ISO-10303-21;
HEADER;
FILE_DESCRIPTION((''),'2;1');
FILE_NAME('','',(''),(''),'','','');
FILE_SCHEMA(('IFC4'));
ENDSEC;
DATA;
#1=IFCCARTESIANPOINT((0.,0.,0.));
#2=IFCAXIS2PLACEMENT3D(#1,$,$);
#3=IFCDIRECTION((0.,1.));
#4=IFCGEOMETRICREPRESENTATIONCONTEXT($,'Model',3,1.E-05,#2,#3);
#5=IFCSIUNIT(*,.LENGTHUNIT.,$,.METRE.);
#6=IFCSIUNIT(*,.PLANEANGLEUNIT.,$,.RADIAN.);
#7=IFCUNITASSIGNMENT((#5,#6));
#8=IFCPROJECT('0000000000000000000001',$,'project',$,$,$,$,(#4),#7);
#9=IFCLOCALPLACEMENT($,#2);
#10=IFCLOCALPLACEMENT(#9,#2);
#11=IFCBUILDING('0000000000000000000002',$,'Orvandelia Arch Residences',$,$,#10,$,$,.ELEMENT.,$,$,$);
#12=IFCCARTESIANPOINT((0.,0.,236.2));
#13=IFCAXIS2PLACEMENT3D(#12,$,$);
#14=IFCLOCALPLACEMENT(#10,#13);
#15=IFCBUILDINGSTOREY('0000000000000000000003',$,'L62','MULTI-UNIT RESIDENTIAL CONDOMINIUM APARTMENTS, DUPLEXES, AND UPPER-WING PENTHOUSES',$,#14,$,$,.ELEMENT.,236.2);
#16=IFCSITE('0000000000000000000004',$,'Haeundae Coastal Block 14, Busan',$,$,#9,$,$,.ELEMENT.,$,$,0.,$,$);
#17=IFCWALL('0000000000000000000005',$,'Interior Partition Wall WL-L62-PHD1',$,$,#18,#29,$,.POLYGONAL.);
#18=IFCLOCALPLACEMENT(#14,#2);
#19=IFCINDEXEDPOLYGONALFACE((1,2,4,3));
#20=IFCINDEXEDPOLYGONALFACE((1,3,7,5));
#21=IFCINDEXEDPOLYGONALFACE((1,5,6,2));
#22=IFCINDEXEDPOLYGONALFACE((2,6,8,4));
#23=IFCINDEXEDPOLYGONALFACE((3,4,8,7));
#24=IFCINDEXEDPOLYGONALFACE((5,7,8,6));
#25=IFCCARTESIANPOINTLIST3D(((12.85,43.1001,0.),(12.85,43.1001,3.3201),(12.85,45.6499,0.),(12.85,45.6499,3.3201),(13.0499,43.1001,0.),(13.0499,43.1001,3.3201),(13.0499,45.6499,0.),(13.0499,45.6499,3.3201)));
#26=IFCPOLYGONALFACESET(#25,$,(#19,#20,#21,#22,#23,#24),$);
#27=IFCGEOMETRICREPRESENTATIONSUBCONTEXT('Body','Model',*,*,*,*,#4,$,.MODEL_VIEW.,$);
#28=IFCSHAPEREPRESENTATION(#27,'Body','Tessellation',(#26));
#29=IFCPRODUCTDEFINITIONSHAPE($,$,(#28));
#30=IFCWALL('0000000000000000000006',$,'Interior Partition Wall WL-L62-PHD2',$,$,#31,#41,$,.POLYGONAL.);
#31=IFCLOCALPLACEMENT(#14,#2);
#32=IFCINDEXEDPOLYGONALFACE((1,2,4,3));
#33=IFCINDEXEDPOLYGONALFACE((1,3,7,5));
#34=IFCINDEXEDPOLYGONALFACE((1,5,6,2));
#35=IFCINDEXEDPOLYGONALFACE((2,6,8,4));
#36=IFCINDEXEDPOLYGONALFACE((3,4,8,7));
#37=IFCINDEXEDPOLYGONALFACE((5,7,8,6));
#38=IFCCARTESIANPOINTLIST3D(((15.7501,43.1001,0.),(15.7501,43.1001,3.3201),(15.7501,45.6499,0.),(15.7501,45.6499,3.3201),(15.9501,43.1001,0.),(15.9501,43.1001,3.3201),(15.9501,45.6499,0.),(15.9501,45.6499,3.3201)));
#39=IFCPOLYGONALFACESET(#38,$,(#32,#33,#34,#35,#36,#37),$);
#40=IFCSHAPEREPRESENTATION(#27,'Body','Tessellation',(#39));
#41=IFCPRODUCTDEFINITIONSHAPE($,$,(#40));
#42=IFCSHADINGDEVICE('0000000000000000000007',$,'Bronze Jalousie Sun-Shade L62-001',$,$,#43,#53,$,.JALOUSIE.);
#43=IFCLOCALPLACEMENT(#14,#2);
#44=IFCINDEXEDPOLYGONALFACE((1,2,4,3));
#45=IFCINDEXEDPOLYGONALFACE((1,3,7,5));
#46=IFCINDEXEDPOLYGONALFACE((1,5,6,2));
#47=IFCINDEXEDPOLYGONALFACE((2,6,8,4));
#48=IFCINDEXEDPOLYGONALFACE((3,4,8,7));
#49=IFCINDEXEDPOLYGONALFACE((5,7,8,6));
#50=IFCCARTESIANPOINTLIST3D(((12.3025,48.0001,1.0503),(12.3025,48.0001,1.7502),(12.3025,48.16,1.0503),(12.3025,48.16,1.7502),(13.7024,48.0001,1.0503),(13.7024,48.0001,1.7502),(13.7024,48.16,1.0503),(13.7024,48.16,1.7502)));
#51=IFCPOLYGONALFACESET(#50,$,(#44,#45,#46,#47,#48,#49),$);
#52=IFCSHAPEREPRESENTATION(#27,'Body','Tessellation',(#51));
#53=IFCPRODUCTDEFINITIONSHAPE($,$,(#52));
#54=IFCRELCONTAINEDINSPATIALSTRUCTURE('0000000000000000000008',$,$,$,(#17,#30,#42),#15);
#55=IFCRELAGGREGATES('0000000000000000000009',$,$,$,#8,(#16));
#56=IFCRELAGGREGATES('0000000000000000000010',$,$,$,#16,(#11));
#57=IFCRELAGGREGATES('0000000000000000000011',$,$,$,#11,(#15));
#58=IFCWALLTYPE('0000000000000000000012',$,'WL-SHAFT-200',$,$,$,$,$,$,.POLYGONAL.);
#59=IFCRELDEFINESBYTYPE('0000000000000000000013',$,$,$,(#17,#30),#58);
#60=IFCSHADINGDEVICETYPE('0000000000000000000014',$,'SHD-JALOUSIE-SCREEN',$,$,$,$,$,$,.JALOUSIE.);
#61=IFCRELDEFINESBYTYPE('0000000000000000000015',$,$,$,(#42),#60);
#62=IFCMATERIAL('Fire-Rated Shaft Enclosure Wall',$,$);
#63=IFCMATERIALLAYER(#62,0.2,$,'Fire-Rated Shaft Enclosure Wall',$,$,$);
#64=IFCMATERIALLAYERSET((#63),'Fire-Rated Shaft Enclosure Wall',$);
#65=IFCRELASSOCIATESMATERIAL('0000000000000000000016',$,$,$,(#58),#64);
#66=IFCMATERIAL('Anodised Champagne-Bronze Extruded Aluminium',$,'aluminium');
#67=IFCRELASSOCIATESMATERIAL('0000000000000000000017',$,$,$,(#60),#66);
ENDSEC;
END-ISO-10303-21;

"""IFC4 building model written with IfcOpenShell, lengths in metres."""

from ifc_helpers import new_model, si_unit, direction, frame, frame_2d, origin, origin_2d, place, context, subcontext, project, spatial, rectangle, extrude, material, layer, layer_set, type_object, element, save


model = new_model("IFC4")

# Units and contexts
model_context = context("Model", 3, precision=1e-05, world=origin(), true_north=direction((0.0, 1.0)))
body_context = subcontext(model_context, "Body", "Model", "MODEL_VIEW")
ifc_project = project(units=[si_unit("LENGTHUNIT", "METRE"), si_unit("PLANEANGLEUNIT", "RADIAN")], contexts=[model_context])

# Site, building, storey
site_placement = place(None, origin())
site = spatial("IfcSite", under=ifc_project, at=site_placement, Name="Haeundae Coastal Block 14, Busan", CompositionType="ELEMENT", RefElevation=0.0)
building_placement = place(site_placement, origin())
building = spatial("IfcBuilding", under=site, at=building_placement, Name="Orvandelia Arch Residences", CompositionType="ELEMENT")
storey_placement = place(building_placement, frame((0.0, 0.0, 236.2)))
storey = spatial("IfcBuildingStorey", under=building, at=storey_placement, Name="L62", Description="MULTI-UNIT RESIDENTIAL CONDOMINIUM APARTMENTS, DUPLEXES, AND UPPER-WING PENTHOUSES", CompositionType="ELEMENT", Elevation=236.2)

# Shared definitions
ifc_material_1 = material(Name="Fire-Rated Shaft Enclosure Wall")
ifc_layer_1 = layer(ifc_material_1, 0.2, Name="Fire-Rated Shaft Enclosure Wall")
ifc_layer_set_1 = layer_set([ifc_layer_1], Name="Fire-Rated Shaft Enclosure Wall")
wall_type_1 = type_object("IfcWallType", Name="WL-SHAFT-200", PredefinedType="POLYGONAL", material=ifc_layer_set_1)

# Walls
for number, where, z_axis, x_axis, name in (
    (1, (12.95, 43.1001, 0.0), (0.0, 0.0, 1.0), (0.0, 1.0, 0.0), "Interior Partition Wall WL-L62-PHD1"),
    (2, (15.8501, 43.1001, 0.0), (0.0, 0.0, 1.0), (0.0, 1.0, 0.0), "Interior Partition Wall WL-L62-PHD2"),
):
    element("IfcWall", number, at=place(storey_placement, frame(where, z_axis=z_axis, x_axis=x_axis)), inside=storey, type_object=wall_type_1, Name=name, PredefinedType="POLYGONAL", context=body_context, shape_type="SweptSolid", body=[
        extrude(rectangle(XDim=2.5498, YDim=0.2, at=frame_2d((1.2749, 0.0))), origin(), (0.0, 0.0, 1.0), 3.3201),
    ])

# Shading device
ifc_material_2 = material(Name="Anodised Champagne-Bronze Extruded Aluminium", Category="aluminium")
shading_device_type = type_object("IfcShadingDeviceType", Name="SHD-JALOUSIE-SCREEN", PredefinedType="JALOUSIE", material=ifc_material_2)
shading_device_placement = place(storey_placement, frame((13.0024, 48.0801, 1.0503), z_axis=(0.0, 0.0, 1.0), x_axis=(1.0, 0.0, 0.0)))
element("IfcShadingDevice", 3, at=shading_device_placement, inside=storey, type_object=shading_device_type, Name="Bronze Jalousie Sun-Shade L62-001", PredefinedType="JALOUSIE", context=body_context, shape_type="SweptSolid", body=[
    extrude(rectangle(XDim=1.3999, YDim=0.1599, at=origin_2d()), origin(), (0.0, 0.0, 1.0), 0.7),
])

save(model, "model.ifc")
